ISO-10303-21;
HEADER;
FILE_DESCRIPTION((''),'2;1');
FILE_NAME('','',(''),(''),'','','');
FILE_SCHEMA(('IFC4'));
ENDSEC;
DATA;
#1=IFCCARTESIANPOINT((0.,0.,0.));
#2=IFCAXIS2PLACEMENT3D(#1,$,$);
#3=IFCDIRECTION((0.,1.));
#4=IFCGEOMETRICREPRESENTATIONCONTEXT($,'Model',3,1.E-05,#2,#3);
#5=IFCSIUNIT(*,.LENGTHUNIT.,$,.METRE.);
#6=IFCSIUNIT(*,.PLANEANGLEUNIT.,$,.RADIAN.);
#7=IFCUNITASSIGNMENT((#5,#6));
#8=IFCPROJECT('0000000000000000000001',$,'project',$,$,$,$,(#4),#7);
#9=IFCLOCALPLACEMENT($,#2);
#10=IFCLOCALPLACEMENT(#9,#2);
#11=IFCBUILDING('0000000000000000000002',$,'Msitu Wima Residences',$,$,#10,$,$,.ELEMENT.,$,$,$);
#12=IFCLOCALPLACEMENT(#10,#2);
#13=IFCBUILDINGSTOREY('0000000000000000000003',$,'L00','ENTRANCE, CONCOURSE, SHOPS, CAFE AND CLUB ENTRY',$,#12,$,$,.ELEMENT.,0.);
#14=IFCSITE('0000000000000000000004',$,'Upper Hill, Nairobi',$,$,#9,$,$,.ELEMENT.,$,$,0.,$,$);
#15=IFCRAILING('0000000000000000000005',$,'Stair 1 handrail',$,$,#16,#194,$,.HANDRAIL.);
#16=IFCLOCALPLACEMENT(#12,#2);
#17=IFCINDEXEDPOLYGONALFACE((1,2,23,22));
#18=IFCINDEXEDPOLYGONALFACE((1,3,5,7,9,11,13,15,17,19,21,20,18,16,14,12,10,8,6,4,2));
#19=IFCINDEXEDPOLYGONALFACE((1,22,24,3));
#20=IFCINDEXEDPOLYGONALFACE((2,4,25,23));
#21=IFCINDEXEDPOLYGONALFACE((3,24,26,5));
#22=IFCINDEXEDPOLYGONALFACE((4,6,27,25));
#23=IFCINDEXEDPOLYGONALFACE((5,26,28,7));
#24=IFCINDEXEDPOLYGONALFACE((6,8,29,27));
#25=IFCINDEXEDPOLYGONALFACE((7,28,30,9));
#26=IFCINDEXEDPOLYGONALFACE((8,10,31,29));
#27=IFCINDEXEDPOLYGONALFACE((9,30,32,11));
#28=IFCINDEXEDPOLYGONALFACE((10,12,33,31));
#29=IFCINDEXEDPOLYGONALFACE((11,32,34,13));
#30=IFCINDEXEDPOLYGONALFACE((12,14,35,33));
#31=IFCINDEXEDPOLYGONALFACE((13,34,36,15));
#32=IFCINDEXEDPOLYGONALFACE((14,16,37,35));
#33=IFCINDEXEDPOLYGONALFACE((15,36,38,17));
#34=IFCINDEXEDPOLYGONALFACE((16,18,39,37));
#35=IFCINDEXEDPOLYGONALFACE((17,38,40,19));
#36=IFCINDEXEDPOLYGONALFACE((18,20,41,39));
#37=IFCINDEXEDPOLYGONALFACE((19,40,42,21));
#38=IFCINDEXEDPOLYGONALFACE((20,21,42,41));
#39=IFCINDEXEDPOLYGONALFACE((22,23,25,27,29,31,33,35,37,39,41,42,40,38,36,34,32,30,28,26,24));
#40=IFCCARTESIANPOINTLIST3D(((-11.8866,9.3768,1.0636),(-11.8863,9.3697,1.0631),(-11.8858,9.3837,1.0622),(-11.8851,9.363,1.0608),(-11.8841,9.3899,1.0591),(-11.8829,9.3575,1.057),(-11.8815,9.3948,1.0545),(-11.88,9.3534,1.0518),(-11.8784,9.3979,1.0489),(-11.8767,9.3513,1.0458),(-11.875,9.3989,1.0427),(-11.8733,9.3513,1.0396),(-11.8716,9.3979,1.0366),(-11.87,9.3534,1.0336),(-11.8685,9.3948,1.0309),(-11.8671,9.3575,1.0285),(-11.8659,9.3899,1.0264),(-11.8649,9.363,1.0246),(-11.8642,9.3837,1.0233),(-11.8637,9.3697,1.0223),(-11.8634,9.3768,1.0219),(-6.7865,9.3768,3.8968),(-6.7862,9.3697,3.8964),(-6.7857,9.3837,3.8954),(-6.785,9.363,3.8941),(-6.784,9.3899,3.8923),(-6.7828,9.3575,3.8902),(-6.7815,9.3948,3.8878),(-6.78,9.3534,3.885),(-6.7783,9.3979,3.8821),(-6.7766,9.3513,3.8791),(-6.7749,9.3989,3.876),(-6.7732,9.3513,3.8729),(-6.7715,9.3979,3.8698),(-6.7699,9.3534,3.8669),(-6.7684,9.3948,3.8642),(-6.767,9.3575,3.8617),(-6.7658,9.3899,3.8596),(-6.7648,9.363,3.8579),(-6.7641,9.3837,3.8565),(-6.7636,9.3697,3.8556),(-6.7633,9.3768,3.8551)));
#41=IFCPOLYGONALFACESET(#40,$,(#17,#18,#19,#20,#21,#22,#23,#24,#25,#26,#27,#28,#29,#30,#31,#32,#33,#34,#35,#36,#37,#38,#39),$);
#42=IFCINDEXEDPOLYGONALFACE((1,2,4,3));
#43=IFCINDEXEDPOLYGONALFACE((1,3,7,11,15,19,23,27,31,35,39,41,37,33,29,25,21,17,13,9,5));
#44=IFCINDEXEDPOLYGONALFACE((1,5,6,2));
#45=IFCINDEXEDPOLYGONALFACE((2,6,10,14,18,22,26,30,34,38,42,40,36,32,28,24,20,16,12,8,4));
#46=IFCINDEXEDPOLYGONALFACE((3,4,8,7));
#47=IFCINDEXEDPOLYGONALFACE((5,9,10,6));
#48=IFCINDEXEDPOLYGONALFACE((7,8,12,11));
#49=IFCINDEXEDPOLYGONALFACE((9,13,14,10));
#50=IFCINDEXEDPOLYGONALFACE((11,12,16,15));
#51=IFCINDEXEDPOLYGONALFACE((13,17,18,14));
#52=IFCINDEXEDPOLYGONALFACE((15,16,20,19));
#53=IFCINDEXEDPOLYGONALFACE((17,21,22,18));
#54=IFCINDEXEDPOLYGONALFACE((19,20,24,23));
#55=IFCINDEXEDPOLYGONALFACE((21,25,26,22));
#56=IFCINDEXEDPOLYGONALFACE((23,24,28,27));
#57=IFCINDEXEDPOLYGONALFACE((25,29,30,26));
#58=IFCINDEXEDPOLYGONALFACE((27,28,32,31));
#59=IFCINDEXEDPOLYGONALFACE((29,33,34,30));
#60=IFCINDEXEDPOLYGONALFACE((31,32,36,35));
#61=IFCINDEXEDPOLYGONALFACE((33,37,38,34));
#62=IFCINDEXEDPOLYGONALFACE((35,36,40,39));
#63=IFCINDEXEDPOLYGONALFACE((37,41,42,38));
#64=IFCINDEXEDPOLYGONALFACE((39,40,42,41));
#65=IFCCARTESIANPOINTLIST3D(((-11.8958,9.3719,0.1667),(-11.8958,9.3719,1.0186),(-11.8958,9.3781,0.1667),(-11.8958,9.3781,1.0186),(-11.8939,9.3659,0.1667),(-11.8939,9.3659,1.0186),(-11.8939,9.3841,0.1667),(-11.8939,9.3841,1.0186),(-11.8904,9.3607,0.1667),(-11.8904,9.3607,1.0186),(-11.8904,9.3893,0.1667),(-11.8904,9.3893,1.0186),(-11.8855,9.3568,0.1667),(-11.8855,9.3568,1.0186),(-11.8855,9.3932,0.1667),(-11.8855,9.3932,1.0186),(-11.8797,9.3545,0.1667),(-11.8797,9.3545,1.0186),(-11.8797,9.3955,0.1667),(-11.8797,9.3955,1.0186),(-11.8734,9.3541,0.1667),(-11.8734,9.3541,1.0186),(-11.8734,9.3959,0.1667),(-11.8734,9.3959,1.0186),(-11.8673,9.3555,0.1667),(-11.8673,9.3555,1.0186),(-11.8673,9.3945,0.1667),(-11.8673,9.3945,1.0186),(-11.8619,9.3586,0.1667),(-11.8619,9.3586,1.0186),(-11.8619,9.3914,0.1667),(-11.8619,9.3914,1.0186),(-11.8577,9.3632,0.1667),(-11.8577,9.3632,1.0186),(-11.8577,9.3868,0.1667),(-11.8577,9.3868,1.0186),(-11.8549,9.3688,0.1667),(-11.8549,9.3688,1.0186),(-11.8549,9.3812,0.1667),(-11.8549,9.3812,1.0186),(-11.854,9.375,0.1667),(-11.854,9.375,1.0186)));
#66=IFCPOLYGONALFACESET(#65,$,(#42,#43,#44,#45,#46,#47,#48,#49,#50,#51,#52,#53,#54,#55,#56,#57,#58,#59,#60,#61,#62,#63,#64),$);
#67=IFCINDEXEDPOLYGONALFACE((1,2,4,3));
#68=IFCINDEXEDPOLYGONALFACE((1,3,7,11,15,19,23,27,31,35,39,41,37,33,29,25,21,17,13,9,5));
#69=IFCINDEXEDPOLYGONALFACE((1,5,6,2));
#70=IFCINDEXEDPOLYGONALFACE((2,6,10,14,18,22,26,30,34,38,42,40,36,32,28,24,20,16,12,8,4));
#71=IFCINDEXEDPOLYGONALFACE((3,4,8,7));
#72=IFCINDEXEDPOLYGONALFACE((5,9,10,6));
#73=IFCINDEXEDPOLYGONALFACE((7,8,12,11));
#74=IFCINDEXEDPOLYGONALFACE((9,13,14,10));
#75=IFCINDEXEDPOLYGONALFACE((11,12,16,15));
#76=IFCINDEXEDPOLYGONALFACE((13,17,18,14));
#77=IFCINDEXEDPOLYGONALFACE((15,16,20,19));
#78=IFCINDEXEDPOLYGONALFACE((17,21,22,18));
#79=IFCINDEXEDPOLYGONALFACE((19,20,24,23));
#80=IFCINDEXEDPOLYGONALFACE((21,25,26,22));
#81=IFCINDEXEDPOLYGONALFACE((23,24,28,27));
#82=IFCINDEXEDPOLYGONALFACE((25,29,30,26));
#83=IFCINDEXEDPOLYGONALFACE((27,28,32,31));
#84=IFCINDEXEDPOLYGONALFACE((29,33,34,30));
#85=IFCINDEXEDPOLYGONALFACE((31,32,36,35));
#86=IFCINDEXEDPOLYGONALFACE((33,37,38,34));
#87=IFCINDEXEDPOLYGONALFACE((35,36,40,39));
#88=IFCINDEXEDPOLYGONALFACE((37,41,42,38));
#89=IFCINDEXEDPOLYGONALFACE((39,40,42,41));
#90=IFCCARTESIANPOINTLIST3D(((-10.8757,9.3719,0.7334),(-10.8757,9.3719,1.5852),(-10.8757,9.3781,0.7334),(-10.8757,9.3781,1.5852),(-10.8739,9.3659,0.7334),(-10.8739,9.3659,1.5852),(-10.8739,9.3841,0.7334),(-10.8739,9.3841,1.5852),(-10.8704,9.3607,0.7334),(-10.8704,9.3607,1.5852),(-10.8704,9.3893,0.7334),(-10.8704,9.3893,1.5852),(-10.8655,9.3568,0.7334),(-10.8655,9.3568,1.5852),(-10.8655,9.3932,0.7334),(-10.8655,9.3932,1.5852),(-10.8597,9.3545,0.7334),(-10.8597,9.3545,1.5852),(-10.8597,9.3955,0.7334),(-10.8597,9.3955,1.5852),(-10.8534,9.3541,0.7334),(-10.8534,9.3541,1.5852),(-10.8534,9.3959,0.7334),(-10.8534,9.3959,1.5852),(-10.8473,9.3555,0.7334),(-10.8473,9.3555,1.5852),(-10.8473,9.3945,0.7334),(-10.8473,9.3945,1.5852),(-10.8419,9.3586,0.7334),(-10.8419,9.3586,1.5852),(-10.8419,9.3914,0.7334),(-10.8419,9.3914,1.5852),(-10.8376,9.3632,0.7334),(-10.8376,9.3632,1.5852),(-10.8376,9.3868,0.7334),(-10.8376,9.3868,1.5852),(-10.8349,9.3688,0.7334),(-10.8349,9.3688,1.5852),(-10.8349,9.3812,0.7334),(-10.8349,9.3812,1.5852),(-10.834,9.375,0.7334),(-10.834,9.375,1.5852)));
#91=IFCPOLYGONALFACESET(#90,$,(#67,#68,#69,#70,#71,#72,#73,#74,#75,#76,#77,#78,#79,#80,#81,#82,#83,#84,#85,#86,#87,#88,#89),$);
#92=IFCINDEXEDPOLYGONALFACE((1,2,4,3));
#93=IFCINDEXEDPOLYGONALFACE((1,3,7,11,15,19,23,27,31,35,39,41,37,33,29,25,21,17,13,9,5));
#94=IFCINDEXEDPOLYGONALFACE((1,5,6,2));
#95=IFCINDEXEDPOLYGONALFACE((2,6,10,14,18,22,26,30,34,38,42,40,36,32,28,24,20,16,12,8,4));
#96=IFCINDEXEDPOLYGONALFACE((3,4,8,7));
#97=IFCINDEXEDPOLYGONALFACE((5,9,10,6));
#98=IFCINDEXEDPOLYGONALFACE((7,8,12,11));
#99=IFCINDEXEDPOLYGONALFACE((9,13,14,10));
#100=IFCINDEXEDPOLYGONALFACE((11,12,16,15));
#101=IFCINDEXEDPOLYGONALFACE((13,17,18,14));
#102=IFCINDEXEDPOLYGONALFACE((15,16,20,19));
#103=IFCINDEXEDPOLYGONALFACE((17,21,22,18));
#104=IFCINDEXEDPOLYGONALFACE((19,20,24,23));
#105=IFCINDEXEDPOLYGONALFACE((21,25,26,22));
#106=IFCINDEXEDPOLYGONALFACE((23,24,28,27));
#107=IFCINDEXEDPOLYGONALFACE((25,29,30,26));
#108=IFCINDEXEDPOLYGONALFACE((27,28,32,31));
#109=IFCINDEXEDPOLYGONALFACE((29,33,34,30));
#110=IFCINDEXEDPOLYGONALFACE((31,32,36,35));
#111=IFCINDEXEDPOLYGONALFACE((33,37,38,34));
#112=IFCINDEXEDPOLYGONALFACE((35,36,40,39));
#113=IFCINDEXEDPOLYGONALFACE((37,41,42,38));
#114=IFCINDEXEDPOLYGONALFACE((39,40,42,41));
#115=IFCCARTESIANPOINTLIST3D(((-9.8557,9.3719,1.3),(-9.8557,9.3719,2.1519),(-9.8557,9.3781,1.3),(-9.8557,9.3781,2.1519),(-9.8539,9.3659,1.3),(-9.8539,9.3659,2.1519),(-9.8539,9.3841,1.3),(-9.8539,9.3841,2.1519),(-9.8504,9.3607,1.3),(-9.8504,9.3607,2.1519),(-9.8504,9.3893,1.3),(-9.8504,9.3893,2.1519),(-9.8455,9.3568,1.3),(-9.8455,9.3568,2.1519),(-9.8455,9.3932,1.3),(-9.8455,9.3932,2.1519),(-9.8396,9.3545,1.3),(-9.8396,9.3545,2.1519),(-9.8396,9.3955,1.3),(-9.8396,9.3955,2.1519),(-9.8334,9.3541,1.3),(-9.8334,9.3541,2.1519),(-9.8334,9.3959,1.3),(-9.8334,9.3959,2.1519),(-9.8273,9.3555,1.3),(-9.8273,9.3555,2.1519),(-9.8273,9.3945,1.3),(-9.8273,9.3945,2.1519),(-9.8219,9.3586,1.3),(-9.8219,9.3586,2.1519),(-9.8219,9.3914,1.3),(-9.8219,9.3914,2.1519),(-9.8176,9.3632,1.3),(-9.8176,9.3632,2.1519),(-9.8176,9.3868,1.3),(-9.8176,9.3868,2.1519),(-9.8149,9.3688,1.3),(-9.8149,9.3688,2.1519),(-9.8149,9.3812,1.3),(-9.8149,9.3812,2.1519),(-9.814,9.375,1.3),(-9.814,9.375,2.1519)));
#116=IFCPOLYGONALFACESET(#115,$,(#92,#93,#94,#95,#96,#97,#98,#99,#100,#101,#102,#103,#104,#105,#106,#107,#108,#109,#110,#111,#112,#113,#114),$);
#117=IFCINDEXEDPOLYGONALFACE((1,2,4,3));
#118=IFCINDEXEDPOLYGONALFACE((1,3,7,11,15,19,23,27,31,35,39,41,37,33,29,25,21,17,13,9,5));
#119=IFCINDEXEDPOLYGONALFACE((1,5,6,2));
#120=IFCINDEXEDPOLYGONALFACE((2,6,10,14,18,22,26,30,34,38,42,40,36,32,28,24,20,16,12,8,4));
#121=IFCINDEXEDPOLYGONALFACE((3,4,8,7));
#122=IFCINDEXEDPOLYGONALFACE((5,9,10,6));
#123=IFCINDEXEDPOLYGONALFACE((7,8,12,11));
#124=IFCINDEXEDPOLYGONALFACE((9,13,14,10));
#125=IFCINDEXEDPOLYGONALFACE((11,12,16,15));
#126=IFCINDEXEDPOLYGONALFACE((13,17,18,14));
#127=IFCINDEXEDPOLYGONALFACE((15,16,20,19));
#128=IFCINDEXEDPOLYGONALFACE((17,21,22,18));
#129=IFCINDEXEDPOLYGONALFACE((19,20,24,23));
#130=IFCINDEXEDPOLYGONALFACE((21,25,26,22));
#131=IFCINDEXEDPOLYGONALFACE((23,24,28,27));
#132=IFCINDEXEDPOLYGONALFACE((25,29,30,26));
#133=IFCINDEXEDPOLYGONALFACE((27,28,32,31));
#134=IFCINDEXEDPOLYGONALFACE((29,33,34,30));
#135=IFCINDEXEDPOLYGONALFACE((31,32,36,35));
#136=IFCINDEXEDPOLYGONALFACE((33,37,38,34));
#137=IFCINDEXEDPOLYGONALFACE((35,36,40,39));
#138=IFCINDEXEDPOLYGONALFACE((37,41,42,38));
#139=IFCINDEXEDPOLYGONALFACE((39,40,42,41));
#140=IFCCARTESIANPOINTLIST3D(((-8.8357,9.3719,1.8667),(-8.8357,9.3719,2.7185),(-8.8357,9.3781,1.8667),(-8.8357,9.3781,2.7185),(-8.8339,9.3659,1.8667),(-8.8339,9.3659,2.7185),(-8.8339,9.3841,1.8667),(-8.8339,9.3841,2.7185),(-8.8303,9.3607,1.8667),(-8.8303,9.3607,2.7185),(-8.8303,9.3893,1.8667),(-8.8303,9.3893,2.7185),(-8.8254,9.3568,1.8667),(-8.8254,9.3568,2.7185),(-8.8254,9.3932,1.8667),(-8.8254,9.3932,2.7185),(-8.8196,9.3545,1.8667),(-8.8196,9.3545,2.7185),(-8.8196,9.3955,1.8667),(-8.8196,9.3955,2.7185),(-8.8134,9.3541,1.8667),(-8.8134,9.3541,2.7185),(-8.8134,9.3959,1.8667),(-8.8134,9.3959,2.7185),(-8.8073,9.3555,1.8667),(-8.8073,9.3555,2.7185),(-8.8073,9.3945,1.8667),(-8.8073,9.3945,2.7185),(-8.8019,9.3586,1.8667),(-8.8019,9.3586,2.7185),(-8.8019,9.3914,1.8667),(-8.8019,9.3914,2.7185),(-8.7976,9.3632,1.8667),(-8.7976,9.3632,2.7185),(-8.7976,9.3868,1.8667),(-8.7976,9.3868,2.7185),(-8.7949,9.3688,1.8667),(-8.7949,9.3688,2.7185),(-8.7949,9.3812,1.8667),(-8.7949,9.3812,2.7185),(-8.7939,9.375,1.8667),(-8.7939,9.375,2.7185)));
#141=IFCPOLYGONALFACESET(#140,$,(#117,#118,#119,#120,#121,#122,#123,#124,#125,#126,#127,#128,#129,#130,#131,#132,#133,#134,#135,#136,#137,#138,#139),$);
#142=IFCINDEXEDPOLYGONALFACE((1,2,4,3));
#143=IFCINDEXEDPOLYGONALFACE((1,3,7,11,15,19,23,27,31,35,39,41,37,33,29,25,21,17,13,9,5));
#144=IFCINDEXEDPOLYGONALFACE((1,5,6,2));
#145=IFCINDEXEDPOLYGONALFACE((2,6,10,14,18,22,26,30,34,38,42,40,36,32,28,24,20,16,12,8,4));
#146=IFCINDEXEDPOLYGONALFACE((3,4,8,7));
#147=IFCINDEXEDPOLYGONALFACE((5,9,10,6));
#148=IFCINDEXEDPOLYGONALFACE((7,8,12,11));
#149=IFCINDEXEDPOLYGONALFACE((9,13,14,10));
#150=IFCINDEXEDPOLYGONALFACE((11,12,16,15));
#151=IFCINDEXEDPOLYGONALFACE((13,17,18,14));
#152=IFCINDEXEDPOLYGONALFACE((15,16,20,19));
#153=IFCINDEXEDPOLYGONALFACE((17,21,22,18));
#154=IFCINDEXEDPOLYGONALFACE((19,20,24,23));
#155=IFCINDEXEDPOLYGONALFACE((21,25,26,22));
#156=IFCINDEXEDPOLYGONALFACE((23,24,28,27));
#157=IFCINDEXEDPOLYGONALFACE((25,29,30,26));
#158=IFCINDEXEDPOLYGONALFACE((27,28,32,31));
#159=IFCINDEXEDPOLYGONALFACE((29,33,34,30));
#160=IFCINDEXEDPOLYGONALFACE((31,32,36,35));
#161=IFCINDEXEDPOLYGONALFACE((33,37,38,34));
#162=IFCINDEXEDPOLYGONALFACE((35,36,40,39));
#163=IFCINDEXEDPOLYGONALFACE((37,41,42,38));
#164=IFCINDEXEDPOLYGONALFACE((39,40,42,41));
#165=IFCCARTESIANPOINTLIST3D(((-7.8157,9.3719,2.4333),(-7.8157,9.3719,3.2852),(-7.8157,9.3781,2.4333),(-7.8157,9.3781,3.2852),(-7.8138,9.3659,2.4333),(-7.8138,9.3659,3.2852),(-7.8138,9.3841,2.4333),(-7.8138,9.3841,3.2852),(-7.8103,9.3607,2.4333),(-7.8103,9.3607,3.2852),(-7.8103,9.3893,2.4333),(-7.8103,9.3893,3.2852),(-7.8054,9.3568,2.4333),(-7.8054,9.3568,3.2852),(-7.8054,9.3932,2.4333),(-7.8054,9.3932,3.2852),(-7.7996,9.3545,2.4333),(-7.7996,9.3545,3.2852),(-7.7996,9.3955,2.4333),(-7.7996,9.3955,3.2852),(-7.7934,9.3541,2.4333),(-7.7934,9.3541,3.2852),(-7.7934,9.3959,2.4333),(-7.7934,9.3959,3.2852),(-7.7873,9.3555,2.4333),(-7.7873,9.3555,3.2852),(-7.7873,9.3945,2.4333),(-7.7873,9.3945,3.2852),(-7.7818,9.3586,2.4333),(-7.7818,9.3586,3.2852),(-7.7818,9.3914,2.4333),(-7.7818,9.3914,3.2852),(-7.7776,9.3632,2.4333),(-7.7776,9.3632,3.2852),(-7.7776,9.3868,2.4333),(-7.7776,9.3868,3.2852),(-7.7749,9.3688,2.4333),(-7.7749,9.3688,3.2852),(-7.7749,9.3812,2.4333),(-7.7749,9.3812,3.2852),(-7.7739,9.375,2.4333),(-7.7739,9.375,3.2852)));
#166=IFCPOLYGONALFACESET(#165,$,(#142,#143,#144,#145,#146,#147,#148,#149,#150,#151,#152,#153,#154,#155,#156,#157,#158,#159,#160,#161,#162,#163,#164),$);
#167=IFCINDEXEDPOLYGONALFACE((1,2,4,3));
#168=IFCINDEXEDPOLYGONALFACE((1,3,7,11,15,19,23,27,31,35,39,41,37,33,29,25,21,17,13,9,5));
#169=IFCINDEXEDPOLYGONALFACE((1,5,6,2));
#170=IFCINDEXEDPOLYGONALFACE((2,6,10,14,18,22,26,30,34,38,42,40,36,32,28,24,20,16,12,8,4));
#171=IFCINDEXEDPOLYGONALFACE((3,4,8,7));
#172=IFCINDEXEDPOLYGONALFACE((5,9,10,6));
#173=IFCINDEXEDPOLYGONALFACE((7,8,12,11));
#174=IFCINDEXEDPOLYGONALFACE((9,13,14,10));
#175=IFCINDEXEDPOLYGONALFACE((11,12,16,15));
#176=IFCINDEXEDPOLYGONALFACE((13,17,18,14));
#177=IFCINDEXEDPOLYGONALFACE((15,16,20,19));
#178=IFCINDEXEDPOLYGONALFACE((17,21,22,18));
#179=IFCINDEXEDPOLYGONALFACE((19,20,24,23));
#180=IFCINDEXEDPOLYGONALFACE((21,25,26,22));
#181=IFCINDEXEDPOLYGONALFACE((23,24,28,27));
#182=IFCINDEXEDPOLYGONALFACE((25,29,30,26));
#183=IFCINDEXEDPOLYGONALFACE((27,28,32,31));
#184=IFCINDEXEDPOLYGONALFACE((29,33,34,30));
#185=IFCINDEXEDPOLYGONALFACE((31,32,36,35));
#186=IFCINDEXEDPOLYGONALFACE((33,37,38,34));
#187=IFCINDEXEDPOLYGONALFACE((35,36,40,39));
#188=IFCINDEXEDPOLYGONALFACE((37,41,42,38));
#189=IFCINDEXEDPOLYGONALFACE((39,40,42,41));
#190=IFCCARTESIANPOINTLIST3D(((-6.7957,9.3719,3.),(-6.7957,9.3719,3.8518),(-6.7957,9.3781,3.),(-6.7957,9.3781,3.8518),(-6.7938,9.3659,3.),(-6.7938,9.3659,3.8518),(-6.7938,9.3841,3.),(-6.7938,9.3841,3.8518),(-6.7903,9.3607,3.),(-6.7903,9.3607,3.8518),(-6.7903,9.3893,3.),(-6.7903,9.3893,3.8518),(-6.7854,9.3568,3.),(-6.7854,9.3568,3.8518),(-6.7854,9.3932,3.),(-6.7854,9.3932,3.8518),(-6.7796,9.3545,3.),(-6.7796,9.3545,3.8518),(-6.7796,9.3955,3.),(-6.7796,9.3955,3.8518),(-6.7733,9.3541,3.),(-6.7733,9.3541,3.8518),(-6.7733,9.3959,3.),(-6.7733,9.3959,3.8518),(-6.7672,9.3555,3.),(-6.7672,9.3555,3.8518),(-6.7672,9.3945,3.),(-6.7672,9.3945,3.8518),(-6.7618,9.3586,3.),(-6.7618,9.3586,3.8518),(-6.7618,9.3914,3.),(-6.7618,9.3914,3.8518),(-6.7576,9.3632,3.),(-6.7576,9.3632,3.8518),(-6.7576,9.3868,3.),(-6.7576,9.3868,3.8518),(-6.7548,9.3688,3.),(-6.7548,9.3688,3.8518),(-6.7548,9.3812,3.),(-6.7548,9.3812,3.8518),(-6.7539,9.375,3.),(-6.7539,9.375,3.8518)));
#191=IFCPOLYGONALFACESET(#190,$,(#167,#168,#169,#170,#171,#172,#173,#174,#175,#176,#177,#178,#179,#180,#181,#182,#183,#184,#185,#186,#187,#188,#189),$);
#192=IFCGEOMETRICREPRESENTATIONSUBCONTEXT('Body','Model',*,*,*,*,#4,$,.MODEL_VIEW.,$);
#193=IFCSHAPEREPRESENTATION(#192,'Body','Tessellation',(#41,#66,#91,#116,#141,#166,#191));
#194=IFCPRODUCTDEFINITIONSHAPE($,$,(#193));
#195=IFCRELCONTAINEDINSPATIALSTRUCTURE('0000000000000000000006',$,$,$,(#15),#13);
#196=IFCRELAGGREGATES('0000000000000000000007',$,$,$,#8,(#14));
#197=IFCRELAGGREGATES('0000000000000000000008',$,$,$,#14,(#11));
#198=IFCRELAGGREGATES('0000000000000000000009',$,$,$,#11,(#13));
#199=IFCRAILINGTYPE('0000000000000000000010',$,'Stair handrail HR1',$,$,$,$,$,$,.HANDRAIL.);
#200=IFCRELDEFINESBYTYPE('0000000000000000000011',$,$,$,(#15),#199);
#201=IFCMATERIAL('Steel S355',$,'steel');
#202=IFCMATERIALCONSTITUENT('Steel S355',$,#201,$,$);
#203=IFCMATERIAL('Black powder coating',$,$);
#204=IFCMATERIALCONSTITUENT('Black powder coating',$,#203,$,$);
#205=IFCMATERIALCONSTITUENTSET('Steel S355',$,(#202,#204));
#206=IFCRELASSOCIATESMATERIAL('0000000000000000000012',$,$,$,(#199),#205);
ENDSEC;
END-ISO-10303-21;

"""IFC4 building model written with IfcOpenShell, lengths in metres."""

from ifc_helpers import new_model, si_unit, direction, frame, origin, origin_2d, place, context, subcontext, project, spatial, circle, extrude, material, constituent, constituent_set, type_object, element, save


model = new_model("IFC4")

# Units and contexts
model_context = context("Model", 3, precision=1e-05, world=origin(), true_north=direction((0.0, 1.0)))
body_context = subcontext(model_context, "Body", "Model", "MODEL_VIEW")
ifc_project = project(units=[si_unit("LENGTHUNIT", "METRE"), si_unit("PLANEANGLEUNIT", "RADIAN")], contexts=[model_context])

# Site, building, storey
site_placement = place(None, origin())
site = spatial("IfcSite", under=ifc_project, at=site_placement, Name="Upper Hill, Nairobi", CompositionType="ELEMENT", RefElevation=0.0)
building_placement = place(site_placement, origin())
building = spatial("IfcBuilding", under=site, at=building_placement, Name="Msitu Wima Residences", CompositionType="ELEMENT")
storey_placement = place(building_placement, origin())
storey = spatial("IfcBuildingStorey", under=building, at=storey_placement, Name="L00", Description="ENTRANCE, CONCOURSE, SHOPS, CAFE AND CLUB ENTRY", CompositionType="ELEMENT", Elevation=0.0)

# Railing
ifc_material_1 = material(Name="Steel S355", Category="steel")
ifc_constituent_1 = constituent(ifc_material_1, Name="Steel S355")
ifc_material_2 = material(Name="Black powder coating")
ifc_constituent_2 = constituent(ifc_material_2, Name="Black powder coating")
ifc_constituent_set = constituent_set(constituents=[ifc_constituent_1, ifc_constituent_2], Name="Steel S355")
railing_type = type_object("IfcRailingType", Name="Stair handrail HR1", PredefinedType="HANDRAIL", material=ifc_constituent_set)
for number, where, name in (
    (1, (-11.875, 9.375, 0.1667), "Stair 1 handrail"),
):
    element("IfcRailing", number, at=place(storey_placement, frame(where)), inside=storey, type_object=railing_type, Name=name, PredefinedType="HANDRAIL", context=body_context, shape_type="SweptSolid", body=[
        extrude(circle(Radius=0.0239, at=origin_2d()), frame((0.0, 0.0, 0.876), z_axis=(0.874167, 0.0, 0.485625), x_axis=(0.0, 1.0, 0.0)), (0.0, 0.0, 1.0), 5.8342),
        extrude(circle(Radius=0.021, at=origin_2d()), origin(), (0.0, 0.0, 1.0), 0.8518),
        extrude(circle(Radius=0.021, at=origin_2d()), frame((1.02, 0.0, 0.5667)), (0.0, 0.0, 1.0), 0.8518),
        extrude(circle(Radius=0.021, at=origin_2d()), frame((2.04, 0.0, 1.1333)), (0.0, 0.0, 1.0), 0.8518),
        extrude(circle(Radius=0.021, at=origin_2d()), frame((3.0601, 0.0, 1.7)), (0.0, 0.0, 1.0), 0.8518),
        extrude(circle(Radius=0.021, at=origin_2d()), frame((4.0801, 0.0, 2.2666)), (0.0, 0.0, 1.0), 0.8518),
        extrude(circle(Radius=0.021, at=origin_2d()), frame((5.1001, 0.0, 2.8333)), (0.0, 0.0, 1.0), 0.8518),
    ])

save(model, "model.ifc")
